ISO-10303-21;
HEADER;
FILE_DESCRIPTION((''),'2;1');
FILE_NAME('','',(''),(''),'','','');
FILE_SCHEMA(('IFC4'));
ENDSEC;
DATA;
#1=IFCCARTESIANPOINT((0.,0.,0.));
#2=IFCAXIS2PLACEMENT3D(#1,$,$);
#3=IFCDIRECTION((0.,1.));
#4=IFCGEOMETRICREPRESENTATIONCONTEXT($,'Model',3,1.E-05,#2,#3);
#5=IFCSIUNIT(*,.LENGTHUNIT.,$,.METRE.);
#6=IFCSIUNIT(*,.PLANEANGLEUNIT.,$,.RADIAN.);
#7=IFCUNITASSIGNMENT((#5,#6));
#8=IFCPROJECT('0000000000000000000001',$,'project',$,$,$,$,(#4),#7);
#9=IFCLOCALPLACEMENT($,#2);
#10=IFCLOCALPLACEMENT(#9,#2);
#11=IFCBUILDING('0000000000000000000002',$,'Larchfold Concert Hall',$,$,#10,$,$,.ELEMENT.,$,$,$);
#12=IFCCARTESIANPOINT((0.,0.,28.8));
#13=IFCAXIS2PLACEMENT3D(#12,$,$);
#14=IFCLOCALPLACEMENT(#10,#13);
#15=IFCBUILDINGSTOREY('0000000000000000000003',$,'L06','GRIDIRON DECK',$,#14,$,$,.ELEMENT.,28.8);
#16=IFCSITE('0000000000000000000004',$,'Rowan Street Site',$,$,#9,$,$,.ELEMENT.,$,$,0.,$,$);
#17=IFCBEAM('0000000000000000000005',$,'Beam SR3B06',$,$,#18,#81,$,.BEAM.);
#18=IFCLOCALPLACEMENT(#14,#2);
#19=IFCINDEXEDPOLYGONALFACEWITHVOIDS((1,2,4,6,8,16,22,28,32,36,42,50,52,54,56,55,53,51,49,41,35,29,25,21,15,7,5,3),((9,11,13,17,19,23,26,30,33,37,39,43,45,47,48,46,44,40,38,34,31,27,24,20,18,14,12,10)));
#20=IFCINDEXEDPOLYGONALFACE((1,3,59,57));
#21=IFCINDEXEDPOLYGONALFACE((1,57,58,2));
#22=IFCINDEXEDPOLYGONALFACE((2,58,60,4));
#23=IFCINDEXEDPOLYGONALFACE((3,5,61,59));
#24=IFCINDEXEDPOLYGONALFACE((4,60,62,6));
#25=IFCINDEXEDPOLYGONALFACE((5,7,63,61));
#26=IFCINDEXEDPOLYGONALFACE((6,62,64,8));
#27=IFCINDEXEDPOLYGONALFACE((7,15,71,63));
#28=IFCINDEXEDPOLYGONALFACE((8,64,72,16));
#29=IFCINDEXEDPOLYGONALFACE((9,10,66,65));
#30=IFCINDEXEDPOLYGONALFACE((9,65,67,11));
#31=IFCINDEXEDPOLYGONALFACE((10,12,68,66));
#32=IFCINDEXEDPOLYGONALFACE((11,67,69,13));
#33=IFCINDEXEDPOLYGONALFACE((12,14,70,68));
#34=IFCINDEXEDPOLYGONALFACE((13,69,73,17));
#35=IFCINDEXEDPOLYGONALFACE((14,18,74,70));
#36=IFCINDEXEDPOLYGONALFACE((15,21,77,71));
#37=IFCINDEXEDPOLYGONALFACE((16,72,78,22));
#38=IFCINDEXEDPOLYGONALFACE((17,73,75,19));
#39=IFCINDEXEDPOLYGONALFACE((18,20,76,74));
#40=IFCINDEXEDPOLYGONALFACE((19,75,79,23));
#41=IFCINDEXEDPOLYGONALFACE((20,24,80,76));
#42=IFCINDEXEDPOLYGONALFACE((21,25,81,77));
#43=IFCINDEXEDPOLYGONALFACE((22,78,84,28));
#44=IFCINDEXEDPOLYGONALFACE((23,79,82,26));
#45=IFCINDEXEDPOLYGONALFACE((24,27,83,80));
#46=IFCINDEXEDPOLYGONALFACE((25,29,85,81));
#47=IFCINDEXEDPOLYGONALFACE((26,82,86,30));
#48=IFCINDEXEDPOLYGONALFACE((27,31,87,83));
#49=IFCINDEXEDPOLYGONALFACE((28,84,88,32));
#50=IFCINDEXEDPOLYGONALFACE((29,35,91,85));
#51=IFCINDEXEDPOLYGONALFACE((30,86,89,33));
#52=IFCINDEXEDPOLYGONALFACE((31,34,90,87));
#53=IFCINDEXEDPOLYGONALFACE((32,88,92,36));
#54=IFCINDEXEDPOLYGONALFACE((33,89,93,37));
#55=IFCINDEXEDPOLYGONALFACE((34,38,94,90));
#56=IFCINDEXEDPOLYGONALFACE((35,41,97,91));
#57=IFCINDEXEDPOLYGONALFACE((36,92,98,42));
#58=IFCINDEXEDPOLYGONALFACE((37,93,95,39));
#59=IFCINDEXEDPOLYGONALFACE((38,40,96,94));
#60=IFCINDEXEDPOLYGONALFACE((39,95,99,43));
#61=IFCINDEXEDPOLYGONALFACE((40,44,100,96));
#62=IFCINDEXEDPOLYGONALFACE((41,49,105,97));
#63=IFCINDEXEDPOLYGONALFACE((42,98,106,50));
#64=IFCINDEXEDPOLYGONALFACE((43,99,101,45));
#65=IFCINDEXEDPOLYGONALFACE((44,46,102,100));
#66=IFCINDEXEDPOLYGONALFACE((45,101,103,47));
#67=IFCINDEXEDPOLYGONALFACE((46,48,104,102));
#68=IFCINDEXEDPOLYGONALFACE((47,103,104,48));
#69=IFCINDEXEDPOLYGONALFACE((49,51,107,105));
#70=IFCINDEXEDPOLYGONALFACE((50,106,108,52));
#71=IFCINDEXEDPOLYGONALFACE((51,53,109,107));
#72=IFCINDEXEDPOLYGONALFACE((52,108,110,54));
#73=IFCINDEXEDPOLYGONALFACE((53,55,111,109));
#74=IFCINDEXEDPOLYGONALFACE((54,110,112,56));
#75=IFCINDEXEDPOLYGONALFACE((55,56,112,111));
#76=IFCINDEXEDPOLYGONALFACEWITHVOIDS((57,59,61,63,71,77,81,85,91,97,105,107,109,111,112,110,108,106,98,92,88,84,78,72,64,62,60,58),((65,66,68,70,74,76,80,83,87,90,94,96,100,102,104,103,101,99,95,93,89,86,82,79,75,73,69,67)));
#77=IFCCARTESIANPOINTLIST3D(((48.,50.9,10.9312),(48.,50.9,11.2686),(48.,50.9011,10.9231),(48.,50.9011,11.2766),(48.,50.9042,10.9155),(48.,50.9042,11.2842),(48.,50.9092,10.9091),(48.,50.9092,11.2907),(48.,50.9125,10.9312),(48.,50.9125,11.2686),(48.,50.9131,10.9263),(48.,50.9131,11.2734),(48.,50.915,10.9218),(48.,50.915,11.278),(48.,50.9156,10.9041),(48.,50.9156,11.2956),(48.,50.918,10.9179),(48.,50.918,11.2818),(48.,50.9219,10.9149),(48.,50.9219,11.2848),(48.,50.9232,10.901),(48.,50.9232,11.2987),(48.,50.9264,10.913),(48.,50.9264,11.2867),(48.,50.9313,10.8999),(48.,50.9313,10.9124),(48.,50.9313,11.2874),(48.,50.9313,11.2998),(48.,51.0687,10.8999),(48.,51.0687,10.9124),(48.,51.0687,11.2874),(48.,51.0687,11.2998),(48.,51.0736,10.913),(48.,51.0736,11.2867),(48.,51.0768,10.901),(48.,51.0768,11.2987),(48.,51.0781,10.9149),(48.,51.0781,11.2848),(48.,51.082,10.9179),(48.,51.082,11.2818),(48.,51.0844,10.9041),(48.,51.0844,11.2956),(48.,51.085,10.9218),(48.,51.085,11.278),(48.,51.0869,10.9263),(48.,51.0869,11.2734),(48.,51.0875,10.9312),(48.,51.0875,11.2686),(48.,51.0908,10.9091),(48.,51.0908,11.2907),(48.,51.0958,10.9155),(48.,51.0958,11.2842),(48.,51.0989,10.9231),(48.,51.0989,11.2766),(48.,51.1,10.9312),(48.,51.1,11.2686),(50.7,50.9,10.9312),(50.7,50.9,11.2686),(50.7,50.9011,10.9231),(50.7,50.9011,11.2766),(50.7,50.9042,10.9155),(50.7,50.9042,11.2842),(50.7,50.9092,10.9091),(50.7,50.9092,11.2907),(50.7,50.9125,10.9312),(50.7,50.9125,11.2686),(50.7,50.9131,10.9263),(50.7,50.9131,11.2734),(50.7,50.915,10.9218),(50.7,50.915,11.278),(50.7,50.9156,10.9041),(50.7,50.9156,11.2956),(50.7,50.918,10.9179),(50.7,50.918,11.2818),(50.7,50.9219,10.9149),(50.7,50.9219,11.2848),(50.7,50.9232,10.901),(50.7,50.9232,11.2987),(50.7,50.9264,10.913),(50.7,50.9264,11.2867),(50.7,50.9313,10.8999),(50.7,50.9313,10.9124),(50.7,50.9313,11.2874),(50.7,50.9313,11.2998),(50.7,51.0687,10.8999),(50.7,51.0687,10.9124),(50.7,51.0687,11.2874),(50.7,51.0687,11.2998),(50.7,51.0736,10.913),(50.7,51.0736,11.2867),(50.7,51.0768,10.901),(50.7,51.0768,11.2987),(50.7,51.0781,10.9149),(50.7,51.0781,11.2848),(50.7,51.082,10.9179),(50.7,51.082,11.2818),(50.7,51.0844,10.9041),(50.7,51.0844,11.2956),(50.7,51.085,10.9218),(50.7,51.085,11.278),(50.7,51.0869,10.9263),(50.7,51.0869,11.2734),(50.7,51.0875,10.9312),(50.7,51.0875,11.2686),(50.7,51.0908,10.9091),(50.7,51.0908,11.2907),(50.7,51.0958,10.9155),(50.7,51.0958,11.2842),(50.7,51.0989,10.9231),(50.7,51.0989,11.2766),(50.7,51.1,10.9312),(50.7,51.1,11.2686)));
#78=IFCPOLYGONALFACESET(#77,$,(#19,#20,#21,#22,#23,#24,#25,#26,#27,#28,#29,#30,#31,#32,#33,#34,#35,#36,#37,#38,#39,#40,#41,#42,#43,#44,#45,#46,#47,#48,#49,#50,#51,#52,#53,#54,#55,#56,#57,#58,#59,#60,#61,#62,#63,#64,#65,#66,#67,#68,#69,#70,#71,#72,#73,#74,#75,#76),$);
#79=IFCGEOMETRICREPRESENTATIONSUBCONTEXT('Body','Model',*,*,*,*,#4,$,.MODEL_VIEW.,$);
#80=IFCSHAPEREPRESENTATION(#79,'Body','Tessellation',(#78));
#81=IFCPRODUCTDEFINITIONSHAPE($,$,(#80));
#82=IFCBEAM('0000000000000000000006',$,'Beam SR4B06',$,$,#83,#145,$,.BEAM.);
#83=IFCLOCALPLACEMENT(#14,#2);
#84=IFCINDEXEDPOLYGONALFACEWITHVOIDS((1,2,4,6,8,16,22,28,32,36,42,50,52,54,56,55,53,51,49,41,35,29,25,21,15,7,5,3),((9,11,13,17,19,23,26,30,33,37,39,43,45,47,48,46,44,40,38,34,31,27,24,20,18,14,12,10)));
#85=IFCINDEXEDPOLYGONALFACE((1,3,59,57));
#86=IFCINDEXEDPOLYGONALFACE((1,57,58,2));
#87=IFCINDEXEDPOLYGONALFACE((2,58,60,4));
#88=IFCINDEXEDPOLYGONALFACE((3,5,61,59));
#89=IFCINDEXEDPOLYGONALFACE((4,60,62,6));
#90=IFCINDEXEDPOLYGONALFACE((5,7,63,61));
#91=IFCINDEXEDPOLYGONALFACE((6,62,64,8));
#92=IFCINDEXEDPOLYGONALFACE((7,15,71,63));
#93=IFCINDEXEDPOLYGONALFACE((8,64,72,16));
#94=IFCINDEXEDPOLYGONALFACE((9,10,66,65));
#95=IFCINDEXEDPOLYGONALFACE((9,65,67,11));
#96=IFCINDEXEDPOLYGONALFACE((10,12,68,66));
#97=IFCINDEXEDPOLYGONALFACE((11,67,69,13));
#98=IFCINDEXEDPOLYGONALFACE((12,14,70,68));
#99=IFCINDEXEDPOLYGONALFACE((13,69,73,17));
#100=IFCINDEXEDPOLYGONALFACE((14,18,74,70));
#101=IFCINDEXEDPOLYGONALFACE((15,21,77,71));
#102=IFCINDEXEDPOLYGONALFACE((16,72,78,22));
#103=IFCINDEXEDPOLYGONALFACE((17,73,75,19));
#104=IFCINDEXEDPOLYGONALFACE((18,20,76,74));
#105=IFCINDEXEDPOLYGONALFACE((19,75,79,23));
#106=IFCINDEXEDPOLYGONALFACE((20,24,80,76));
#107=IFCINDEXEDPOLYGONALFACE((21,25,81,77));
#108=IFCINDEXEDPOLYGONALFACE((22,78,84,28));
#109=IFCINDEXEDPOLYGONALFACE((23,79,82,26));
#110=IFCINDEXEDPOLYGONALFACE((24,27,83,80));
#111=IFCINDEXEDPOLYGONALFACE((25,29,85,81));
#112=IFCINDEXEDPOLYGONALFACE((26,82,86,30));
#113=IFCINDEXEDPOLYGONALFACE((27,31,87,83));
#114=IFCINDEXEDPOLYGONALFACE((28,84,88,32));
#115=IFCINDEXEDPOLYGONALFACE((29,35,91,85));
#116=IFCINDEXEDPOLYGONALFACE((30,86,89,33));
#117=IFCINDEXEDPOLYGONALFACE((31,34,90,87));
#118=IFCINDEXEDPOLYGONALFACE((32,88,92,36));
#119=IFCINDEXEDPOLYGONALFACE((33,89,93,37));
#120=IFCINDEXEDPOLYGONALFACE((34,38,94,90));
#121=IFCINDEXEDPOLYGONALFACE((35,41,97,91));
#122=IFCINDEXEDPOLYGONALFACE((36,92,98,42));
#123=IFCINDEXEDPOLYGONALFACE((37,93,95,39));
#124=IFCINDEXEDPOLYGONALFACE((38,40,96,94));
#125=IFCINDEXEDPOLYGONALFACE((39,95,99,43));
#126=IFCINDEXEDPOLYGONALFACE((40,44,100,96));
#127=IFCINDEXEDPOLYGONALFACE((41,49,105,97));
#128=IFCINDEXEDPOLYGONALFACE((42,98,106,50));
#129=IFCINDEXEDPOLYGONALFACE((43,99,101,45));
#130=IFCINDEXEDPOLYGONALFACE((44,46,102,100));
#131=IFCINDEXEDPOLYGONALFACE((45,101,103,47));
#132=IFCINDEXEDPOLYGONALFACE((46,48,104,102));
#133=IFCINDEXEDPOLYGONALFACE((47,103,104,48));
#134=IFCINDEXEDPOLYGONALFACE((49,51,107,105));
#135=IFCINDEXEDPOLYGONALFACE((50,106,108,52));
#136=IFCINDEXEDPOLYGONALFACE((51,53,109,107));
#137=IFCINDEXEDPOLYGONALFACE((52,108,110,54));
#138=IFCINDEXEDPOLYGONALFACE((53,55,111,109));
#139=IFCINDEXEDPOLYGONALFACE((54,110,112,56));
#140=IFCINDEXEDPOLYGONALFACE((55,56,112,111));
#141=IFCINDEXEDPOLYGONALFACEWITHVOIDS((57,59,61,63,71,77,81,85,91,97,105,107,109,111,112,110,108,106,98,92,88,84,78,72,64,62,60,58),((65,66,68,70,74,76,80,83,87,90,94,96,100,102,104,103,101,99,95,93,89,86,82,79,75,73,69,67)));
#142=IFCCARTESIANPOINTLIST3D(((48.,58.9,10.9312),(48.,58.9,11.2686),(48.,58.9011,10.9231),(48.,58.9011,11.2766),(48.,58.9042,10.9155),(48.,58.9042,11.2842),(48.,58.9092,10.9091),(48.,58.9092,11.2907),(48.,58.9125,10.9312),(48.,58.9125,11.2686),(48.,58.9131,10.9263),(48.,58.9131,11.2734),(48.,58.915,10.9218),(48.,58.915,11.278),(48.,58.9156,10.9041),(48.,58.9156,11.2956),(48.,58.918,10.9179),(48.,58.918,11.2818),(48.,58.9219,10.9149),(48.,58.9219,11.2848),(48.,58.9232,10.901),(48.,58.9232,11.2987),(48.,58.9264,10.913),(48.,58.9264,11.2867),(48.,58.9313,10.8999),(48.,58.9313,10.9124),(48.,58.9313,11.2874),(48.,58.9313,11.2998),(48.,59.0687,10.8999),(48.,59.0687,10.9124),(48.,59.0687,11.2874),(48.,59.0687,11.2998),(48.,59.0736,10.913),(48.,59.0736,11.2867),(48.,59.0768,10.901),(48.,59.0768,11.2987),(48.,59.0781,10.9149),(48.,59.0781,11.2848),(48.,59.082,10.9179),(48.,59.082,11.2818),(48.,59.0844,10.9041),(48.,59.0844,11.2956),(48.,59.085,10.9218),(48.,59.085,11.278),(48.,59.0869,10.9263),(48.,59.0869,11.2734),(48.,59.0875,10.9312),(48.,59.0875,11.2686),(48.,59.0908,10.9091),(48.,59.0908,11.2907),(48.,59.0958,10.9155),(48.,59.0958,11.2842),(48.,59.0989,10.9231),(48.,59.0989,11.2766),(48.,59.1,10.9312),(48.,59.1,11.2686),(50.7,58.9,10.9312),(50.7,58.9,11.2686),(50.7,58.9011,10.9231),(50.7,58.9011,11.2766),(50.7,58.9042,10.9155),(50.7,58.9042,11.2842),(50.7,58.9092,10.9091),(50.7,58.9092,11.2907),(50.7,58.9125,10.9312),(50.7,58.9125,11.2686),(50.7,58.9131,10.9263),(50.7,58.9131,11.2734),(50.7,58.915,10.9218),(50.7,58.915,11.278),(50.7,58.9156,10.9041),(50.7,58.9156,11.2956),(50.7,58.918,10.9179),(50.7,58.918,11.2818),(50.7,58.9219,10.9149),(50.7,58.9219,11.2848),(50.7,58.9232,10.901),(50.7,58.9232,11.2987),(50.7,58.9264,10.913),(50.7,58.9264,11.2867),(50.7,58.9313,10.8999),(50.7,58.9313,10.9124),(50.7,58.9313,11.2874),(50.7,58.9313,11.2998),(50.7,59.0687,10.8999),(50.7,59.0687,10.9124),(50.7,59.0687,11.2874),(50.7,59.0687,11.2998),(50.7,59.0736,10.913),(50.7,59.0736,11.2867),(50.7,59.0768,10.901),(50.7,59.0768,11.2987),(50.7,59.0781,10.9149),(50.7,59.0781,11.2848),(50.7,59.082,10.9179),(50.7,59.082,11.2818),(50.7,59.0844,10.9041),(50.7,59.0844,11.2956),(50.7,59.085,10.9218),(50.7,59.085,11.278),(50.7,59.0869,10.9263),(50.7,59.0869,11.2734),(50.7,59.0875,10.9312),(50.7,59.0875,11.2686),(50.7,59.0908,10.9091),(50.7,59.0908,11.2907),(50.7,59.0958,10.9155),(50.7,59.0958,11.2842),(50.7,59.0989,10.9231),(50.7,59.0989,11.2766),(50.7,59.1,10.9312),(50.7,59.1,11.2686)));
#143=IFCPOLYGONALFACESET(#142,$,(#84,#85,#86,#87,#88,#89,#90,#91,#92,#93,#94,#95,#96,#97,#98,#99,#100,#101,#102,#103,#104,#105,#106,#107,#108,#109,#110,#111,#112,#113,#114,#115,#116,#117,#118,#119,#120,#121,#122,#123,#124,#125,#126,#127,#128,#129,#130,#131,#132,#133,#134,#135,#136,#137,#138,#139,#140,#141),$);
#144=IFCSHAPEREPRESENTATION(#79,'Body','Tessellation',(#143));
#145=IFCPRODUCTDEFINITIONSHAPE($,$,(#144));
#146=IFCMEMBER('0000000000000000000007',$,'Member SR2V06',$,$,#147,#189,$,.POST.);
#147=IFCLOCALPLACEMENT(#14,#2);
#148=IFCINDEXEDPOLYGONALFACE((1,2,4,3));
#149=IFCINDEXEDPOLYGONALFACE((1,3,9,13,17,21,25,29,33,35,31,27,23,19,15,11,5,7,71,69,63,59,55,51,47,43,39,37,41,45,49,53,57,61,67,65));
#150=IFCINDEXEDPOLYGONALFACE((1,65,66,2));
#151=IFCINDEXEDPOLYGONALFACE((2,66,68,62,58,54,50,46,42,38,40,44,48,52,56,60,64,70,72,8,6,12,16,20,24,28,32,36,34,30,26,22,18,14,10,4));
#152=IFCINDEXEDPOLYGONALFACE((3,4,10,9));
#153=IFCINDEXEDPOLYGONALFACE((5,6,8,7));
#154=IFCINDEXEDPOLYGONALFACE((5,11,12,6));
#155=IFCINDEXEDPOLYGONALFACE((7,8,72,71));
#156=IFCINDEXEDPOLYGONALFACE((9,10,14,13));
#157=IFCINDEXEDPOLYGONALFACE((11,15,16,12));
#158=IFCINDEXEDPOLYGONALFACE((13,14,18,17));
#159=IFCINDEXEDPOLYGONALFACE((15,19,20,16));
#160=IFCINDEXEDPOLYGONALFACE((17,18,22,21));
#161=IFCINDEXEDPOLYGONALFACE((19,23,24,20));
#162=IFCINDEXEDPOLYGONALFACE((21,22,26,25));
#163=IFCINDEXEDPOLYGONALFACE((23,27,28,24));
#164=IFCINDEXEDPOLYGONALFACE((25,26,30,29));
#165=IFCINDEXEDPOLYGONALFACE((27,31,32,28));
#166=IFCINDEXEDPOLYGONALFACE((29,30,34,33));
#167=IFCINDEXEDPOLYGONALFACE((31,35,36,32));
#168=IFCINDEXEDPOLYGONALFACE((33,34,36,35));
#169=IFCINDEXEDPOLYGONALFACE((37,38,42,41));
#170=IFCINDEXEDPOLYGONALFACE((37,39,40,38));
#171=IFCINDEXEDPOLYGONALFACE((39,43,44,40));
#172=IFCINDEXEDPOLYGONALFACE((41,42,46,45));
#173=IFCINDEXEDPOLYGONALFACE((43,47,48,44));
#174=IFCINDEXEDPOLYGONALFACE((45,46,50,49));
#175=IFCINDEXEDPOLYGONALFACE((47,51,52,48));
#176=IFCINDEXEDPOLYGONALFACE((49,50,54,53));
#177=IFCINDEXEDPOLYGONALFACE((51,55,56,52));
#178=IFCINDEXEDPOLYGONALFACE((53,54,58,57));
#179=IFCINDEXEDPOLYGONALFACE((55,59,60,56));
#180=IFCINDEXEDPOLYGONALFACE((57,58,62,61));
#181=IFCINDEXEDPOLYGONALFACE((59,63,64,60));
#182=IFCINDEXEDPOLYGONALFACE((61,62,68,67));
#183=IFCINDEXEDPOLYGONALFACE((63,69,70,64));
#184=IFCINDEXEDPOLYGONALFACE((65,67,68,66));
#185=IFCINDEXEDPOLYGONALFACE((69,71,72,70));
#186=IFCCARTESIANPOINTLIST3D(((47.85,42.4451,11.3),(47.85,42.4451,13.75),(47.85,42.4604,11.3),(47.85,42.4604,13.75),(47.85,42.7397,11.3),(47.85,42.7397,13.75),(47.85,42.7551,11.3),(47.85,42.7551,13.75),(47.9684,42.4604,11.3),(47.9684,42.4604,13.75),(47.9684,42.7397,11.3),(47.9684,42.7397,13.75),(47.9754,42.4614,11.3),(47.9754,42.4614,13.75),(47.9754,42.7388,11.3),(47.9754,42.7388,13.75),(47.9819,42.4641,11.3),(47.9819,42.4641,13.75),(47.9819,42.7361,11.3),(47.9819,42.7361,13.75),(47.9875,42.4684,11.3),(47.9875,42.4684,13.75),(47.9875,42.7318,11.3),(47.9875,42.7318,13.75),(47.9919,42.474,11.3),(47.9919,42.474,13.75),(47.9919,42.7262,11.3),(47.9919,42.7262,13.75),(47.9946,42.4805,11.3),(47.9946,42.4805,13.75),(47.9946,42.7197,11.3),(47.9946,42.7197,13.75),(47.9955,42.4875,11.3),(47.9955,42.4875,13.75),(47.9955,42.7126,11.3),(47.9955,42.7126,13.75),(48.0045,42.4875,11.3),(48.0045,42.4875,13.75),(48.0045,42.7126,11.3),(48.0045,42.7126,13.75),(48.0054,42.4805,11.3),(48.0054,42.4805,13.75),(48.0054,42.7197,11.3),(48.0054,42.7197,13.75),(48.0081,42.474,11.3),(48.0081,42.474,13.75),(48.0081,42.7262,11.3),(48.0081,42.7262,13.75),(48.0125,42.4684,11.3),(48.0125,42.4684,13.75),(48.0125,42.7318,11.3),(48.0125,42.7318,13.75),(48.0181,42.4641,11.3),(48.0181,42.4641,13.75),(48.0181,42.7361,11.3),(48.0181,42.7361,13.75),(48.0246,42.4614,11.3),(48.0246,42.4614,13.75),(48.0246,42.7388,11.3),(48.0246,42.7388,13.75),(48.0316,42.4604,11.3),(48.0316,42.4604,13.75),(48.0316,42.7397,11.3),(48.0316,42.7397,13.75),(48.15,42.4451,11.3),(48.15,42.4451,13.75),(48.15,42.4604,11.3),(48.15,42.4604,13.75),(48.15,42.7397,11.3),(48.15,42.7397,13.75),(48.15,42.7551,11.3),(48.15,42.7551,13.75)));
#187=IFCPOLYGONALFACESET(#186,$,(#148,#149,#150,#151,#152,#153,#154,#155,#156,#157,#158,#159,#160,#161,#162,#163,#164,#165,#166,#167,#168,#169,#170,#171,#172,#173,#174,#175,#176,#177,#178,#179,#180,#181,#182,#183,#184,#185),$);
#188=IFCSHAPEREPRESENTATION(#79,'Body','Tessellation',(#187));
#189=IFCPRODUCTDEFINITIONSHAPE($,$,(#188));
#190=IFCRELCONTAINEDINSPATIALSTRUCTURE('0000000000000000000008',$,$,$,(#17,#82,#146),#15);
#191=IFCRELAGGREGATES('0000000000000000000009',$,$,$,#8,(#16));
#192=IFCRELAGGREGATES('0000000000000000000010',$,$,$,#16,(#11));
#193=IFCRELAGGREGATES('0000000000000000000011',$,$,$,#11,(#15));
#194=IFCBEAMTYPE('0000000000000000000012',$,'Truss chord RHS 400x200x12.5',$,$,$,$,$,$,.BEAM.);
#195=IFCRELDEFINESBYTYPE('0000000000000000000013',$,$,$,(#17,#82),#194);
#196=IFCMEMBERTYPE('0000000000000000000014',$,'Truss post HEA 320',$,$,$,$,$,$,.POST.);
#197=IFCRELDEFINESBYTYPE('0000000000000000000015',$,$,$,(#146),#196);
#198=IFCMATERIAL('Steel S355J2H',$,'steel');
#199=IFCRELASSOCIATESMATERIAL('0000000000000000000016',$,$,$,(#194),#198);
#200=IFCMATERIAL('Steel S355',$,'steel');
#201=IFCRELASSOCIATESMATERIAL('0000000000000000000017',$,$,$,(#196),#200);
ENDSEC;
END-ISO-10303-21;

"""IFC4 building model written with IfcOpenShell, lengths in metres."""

from ifc_helpers import new_model, si_unit, direction, frame, origin, origin_2d, place, context, subcontext, project, spatial, hollow_rectangle, i_section, extrude, material, material_profile, profile_set, type_object, element, save


model = new_model("IFC4")

# Units and contexts
model_context = context("Model", 3, precision=1e-05, world=origin(), true_north=direction((0.0, 1.0)))
body_context = subcontext(model_context, "Body", "Model", "MODEL_VIEW")
ifc_project = project(units=[si_unit("LENGTHUNIT", "METRE"), si_unit("PLANEANGLEUNIT", "RADIAN")], contexts=[model_context])

# Site, building, storey
site_placement = place(None, origin())
site = spatial("IfcSite", under=ifc_project, at=site_placement, Name="Rowan Street Site", CompositionType="ELEMENT", RefElevation=0.0)
building_placement = place(site_placement, origin())
building = spatial("IfcBuilding", under=site, at=building_placement, Name="Larchfold Concert Hall", CompositionType="ELEMENT")
storey_placement = place(building_placement, frame((0.0, 0.0, 28.8)))
storey = spatial("IfcBuildingStorey", under=building, at=storey_placement, Name="L06", Description="GRIDIRON DECK", CompositionType="ELEMENT", Elevation=28.8)

# Beams
ifc_material_1 = material(Name="Steel S355J2H", Category="steel")
ifc_material_profile_1 = material_profile(ifc_material_1, hollow_rectangle(XDim=0.2, YDim=0.3999, WallThickness=0.0125, InnerFilletRadius=0.0188, OuterFilletRadius=0.0312, at=origin_2d()))
ifc_profile_set_1 = profile_set([ifc_material_profile_1], Name="Steel S355J2H")
beam_type_1 = type_object("IfcBeamType", Name="Truss chord RHS 400x200x12.5", PredefinedType="BEAM", material=ifc_profile_set_1)
for number, where, z_axis, x_axis, name in (
    (1, (48.0, 51.0, 11.0999), (1.0, 0.0, 0.0), (0.0, 1.0, 0.0), "Beam SR3B06"),
    (2, (48.0, 59.0, 11.0999), (1.0, 0.0, 0.0), (0.0, 1.0, 0.0), "Beam SR4B06"),
):
    element("IfcBeam", number, at=place(storey_placement, frame(where, z_axis=z_axis, x_axis=x_axis)), inside=storey, type_object=beam_type_1, Name=name, PredefinedType="BEAM", context=body_context, shape_type="SweptSolid", body=[
        extrude(hollow_rectangle(XDim=0.2, YDim=0.3999, WallThickness=0.0125, InnerFilletRadius=0.0188, OuterFilletRadius=0.0312, at=origin_2d()), origin(), (0.0, 0.0, 1.0), 2.7),
    ])

# Member
ifc_material_2 = material(Name="Steel S355", Category="steel")
ifc_material_profile_2 = material_profile(ifc_material_2, i_section(OverallWidth=0.3, OverallDepth=0.3101, WebThickness=0.009, FlangeThickness=0.0154, FilletRadius=0.0271, at=origin_2d()))
ifc_profile_set_2 = profile_set([ifc_material_profile_2], Name="Steel S355")
member_type_1 = type_object("IfcMemberType", Name="Truss post HEA 320", PredefinedType="POST", material=ifc_profile_set_2)
for number, where, z_axis, x_axis, name in (
    (3, (48.0, 42.6001, 11.3), (0.0, 0.0, 1.0), (1.0, 0.0, 0.0), "Member SR2V06"),
):
    element("IfcMember", number, at=place(storey_placement, frame(where, z_axis=z_axis, x_axis=x_axis)), inside=storey, type_object=member_type_1, Name=name, PredefinedType="POST", context=body_context, shape_type="SweptSolid", body=[
        extrude(i_section(OverallWidth=0.3, OverallDepth=0.3101, WebThickness=0.009, FlangeThickness=0.0154, FilletRadius=0.0271, at=origin_2d()), origin(), (0.0, 0.0, 1.0), 2.45),
    ])

save(model, "model.ifc")
